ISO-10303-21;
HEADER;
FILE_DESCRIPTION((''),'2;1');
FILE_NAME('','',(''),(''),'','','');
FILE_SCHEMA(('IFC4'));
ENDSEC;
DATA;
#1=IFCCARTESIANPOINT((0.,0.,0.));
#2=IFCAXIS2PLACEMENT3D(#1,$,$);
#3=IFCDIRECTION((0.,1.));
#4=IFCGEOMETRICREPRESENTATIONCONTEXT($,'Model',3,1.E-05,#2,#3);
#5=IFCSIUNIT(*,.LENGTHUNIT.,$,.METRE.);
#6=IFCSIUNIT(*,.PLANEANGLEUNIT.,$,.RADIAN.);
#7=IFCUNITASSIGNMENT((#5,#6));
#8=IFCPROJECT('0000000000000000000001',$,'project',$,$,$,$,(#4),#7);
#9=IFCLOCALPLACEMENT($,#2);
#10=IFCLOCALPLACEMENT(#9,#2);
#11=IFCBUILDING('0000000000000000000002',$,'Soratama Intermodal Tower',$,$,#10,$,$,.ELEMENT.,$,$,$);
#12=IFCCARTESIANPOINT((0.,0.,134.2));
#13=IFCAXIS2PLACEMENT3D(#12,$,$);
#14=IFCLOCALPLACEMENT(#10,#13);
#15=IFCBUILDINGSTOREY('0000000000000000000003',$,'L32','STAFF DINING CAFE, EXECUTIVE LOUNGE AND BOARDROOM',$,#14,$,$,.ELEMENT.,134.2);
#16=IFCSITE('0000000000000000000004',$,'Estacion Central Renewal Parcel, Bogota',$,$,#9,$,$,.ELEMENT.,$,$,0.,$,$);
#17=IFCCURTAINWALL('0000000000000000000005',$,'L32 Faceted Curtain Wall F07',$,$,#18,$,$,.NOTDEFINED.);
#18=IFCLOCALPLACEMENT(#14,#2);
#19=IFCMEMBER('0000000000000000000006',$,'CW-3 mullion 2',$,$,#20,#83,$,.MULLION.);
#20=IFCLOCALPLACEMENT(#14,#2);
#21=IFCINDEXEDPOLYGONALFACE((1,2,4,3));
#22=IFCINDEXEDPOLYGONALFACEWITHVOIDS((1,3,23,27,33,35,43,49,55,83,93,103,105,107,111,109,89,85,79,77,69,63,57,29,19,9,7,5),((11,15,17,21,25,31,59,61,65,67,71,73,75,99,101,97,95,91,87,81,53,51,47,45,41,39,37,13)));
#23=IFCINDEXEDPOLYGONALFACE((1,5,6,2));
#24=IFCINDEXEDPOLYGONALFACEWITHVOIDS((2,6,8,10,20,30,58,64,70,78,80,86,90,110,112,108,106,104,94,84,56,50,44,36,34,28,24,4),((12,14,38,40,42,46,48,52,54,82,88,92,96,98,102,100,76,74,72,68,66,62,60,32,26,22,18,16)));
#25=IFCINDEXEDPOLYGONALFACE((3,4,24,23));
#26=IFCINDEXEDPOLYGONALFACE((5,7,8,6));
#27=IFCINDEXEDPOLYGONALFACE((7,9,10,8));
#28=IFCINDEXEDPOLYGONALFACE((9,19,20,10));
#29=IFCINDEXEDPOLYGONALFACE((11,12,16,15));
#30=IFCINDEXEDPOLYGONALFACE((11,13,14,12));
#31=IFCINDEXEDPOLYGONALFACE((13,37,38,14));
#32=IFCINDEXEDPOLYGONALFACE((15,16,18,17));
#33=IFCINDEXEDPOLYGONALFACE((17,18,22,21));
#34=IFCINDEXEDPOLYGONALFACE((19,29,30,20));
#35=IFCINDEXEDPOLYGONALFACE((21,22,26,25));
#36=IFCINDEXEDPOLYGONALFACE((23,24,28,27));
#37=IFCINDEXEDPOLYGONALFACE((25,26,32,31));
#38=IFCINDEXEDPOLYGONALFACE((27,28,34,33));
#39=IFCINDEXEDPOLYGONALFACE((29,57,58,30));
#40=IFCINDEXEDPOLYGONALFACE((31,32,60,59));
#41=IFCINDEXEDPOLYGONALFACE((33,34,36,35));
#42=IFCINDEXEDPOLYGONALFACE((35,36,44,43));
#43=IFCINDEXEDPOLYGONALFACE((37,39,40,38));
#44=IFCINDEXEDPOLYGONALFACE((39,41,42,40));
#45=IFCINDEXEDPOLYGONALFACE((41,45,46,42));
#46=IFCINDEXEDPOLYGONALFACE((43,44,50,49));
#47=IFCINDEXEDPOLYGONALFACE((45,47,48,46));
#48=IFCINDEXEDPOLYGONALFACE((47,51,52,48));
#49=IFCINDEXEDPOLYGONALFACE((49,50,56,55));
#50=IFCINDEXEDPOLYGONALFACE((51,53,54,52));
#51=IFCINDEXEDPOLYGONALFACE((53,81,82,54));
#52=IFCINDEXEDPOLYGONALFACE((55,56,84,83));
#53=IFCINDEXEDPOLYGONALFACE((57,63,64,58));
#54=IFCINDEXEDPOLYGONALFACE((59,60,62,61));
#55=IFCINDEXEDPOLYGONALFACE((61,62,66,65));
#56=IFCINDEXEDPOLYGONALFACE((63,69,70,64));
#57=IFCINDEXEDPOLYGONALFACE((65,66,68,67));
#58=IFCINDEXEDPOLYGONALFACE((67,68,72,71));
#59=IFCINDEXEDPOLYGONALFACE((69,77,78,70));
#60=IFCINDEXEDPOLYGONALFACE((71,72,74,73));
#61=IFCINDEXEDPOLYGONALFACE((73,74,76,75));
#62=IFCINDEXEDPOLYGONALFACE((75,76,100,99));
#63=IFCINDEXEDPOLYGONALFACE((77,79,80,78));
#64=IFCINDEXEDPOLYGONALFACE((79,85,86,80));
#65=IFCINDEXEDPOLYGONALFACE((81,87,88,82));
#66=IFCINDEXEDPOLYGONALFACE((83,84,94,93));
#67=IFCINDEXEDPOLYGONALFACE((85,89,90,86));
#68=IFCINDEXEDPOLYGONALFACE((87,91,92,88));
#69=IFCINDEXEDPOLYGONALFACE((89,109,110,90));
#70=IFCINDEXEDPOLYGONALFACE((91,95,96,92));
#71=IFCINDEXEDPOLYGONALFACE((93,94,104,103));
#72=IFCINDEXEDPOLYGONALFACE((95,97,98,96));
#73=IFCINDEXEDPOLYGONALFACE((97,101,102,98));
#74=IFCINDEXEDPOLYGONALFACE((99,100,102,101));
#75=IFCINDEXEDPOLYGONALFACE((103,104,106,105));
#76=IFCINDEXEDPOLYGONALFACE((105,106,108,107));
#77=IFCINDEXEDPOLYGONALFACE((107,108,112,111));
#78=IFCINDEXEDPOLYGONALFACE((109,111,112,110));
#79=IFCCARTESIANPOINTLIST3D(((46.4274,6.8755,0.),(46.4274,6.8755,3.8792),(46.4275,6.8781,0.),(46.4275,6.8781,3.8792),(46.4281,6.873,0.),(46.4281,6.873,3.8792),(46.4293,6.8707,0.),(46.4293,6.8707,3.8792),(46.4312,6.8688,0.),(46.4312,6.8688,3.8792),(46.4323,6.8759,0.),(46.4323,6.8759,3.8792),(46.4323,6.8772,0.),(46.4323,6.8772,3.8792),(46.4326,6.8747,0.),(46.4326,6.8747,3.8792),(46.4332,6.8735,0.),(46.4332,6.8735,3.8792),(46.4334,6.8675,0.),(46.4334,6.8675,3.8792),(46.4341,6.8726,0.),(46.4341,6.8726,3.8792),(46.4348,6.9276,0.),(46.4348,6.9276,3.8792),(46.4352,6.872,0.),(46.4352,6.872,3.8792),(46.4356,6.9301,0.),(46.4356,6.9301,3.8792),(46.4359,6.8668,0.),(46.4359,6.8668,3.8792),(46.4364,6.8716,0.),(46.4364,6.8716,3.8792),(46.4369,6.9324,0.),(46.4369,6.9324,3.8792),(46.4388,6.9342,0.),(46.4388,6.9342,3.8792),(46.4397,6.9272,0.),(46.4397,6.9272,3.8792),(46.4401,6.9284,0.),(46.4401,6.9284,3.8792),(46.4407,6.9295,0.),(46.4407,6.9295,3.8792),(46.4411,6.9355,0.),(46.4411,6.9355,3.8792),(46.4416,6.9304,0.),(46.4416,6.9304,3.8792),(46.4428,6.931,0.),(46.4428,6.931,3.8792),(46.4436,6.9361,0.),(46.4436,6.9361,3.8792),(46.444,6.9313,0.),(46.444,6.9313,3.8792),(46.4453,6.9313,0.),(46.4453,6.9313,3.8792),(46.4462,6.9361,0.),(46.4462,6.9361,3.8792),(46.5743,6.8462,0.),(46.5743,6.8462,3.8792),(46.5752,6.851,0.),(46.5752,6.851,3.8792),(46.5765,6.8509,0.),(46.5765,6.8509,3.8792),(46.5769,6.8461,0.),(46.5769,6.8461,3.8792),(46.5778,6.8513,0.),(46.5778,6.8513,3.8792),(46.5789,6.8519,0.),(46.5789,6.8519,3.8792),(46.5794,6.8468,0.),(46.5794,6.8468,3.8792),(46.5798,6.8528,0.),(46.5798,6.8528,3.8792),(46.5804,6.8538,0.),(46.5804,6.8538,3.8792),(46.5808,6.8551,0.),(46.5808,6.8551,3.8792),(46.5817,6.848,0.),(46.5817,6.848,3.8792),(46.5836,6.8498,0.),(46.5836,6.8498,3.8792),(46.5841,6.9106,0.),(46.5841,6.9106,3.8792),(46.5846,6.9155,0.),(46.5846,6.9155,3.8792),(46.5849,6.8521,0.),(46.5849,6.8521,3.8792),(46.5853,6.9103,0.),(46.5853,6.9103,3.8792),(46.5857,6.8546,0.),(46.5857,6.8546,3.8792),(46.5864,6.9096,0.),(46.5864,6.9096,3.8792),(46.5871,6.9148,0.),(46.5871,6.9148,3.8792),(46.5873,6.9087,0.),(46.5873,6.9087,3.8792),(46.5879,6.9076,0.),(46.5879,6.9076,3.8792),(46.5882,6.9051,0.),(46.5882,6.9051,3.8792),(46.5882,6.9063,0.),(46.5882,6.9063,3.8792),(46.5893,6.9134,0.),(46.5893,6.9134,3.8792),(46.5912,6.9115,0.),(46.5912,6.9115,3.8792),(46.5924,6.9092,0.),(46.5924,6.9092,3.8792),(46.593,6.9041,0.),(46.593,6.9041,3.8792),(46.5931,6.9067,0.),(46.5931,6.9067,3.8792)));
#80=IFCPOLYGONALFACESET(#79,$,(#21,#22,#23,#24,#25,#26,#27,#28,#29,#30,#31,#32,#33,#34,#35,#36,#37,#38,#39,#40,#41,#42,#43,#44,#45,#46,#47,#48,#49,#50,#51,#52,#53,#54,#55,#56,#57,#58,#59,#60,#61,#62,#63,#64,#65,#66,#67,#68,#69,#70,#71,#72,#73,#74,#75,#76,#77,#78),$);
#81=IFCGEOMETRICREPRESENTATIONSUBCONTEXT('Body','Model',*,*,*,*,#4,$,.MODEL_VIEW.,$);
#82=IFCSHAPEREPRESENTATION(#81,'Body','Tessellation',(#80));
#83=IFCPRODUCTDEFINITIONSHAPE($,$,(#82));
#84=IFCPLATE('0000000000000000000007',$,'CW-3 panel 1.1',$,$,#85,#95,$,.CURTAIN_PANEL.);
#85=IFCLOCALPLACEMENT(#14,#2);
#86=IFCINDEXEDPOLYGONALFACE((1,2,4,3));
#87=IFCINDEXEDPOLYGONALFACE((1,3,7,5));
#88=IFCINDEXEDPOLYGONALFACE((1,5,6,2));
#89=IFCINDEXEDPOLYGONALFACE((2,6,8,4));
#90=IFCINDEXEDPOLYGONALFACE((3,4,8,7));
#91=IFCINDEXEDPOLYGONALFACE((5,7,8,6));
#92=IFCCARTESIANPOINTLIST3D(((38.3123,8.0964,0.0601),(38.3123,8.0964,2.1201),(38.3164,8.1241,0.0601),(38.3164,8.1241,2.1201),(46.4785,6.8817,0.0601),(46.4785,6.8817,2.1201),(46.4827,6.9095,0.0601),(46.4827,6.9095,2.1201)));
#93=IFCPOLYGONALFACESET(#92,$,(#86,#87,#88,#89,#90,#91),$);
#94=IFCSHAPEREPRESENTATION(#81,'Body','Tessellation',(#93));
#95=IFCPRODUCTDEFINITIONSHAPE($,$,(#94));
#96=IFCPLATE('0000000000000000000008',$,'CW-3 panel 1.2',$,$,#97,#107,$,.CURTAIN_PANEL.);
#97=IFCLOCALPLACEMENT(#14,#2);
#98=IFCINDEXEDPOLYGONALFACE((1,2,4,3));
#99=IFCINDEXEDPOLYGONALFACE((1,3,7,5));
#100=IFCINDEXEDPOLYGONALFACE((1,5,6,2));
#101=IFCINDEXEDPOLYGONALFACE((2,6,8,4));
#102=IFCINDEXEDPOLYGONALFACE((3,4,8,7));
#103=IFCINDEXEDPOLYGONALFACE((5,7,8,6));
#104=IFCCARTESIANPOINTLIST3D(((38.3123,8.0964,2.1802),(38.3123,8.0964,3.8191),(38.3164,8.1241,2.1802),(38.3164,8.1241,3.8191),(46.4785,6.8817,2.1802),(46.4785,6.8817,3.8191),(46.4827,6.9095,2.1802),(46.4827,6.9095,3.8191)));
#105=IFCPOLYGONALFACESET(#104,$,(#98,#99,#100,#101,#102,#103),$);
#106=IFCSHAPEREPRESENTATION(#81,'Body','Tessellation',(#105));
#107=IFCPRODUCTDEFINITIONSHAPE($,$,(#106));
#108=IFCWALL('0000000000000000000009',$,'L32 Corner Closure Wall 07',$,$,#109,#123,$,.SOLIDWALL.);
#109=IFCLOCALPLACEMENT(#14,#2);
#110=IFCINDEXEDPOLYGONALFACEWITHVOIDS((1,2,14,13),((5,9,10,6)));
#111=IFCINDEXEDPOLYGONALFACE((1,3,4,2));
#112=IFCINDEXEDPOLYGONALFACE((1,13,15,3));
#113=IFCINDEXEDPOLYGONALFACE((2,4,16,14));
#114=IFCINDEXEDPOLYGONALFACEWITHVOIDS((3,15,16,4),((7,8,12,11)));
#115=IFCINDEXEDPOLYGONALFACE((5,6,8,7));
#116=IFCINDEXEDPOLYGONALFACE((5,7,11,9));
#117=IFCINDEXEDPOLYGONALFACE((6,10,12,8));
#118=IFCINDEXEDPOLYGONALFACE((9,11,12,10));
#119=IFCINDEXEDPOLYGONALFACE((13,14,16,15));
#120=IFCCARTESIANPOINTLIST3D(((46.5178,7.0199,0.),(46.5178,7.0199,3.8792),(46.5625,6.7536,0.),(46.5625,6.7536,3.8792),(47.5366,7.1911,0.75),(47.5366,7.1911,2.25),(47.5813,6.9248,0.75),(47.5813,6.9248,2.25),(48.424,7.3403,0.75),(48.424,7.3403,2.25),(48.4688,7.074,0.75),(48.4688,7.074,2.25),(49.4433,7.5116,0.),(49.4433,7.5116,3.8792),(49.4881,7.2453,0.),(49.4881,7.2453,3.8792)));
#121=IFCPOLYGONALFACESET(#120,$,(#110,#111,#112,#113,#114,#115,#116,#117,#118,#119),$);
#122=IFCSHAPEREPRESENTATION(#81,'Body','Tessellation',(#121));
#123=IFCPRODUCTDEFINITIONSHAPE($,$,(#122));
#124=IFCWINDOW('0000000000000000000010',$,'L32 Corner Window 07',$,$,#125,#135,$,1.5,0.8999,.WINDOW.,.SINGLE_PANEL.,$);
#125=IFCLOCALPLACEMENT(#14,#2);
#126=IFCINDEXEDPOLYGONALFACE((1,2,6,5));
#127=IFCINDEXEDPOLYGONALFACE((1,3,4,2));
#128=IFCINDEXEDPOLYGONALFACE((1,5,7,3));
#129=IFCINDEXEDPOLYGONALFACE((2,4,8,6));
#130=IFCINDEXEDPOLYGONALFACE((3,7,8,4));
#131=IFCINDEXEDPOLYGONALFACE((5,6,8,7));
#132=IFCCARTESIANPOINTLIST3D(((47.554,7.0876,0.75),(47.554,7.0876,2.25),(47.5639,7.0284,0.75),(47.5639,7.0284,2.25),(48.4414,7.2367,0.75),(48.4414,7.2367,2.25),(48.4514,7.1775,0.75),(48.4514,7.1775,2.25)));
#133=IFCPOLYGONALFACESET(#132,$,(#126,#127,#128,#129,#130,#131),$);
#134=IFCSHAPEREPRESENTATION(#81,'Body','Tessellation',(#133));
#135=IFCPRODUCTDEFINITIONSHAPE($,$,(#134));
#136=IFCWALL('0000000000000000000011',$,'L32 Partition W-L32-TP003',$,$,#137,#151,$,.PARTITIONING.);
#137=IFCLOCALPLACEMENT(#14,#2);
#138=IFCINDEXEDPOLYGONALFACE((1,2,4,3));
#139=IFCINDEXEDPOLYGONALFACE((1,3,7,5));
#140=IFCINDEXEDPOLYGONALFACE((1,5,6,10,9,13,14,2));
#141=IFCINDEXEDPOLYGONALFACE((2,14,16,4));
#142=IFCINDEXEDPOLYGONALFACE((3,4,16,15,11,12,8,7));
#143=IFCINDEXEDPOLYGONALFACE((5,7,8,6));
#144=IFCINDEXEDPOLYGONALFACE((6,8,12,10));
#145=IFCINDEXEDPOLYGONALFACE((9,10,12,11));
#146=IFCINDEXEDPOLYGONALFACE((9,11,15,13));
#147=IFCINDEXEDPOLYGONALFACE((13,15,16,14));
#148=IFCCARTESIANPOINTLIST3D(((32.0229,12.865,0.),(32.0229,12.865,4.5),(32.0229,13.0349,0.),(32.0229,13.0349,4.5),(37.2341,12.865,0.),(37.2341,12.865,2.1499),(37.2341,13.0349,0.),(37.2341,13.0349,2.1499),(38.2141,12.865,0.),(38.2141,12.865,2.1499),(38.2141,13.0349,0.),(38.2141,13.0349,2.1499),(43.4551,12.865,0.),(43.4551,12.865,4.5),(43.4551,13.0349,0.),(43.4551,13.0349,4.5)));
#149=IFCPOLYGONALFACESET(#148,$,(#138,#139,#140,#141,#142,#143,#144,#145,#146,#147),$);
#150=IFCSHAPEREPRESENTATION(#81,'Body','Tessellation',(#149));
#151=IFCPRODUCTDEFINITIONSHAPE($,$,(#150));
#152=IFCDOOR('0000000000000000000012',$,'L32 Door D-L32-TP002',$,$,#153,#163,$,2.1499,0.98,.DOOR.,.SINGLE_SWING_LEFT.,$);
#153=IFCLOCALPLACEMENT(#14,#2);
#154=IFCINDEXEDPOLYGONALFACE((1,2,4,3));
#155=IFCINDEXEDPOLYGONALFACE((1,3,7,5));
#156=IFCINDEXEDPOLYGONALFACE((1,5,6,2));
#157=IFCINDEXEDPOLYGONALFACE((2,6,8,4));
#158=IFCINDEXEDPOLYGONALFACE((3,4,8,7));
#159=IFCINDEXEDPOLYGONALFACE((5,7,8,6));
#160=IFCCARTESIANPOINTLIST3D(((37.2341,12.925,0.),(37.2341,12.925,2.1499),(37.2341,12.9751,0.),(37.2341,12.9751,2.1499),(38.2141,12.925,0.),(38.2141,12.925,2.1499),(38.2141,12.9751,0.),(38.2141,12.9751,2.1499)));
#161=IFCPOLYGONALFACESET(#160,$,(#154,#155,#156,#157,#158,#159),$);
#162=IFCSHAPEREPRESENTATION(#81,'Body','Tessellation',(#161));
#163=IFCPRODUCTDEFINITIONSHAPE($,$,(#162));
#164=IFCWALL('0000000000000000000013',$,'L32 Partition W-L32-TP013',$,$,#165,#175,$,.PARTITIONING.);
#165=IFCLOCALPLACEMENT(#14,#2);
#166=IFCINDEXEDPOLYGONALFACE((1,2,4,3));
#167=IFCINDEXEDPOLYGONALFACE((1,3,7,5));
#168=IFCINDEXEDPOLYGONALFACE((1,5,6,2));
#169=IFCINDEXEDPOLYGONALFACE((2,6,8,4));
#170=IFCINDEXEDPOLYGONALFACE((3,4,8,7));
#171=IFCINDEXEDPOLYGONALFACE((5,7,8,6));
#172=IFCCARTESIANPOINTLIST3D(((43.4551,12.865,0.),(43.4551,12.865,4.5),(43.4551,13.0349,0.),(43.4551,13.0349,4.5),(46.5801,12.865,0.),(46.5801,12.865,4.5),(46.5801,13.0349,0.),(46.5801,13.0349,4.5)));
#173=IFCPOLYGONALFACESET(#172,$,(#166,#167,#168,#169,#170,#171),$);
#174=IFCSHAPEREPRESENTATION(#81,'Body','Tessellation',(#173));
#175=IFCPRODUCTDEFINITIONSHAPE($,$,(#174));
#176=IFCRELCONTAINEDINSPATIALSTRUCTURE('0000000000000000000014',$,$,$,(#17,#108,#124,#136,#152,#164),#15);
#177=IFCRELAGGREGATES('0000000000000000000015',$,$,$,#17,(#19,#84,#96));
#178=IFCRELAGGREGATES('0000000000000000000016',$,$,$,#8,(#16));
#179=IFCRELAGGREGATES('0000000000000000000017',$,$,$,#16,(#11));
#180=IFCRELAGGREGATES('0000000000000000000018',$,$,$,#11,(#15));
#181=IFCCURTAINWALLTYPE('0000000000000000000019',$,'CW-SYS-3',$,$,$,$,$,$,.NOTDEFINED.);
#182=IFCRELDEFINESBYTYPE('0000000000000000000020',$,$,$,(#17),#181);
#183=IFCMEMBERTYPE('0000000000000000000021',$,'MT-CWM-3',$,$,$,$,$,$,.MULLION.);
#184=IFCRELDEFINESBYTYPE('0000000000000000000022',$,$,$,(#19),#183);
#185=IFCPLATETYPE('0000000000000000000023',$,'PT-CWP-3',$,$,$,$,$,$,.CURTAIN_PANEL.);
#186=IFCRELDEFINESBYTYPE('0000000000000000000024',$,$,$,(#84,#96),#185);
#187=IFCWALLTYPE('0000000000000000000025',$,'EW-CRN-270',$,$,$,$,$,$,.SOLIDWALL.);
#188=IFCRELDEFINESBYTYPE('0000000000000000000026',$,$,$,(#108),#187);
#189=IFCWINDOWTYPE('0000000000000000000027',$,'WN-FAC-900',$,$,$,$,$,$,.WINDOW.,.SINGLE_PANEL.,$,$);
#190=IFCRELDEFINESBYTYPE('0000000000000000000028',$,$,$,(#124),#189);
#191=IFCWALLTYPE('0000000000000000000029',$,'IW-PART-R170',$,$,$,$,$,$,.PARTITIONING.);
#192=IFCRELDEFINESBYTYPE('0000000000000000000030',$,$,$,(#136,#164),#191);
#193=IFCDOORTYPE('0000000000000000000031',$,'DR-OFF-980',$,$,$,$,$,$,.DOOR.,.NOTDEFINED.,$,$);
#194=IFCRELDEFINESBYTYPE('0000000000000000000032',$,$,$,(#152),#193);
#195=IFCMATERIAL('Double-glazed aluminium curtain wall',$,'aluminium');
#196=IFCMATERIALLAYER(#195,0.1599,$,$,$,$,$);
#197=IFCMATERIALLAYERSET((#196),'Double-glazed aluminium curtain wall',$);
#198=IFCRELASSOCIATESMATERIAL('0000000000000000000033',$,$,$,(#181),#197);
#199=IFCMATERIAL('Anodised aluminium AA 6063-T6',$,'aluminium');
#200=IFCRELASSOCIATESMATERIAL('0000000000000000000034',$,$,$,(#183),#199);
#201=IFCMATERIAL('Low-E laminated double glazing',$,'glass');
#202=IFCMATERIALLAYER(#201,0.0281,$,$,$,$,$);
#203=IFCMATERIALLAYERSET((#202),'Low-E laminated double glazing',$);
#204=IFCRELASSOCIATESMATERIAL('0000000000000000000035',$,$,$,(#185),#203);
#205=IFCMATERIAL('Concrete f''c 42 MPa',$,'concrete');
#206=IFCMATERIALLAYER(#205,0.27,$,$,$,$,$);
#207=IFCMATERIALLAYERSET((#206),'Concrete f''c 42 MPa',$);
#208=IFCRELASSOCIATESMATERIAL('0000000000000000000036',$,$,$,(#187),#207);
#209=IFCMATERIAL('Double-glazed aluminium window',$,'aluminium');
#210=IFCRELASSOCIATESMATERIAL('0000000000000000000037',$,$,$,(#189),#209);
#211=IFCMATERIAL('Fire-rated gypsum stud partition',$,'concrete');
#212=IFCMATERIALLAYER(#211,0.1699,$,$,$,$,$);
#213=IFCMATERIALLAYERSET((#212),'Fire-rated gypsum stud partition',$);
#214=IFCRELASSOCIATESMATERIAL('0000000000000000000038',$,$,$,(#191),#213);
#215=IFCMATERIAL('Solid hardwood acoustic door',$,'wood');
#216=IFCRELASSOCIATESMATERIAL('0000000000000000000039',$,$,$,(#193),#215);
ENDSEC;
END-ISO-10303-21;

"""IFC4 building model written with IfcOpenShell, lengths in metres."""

from ifc_helpers import new_model, si_unit, direction, frame, frame_2d, origin, origin_2d, place, context, subcontext, project, spatial, rectangle, hollow_rectangle, extrude, material, layer, layer_set, material_profile, profile_set, type_object, element, fill, aggregate, save


model = new_model("IFC4")

# Units and contexts
model_context = context("Model", 3, precision=1e-05, world=origin(), true_north=direction((0.0, 1.0)))
body_context = subcontext(model_context, "Body", "Model", "MODEL_VIEW")
ifc_project = project(units=[si_unit("LENGTHUNIT", "METRE"), si_unit("PLANEANGLEUNIT", "RADIAN")], contexts=[model_context])

# Site, building, storey
site_placement = place(None, origin())
site = spatial("IfcSite", under=ifc_project, at=site_placement, Name="Estacion Central Renewal Parcel, Bogota", CompositionType="ELEMENT", RefElevation=0.0)
building_placement = place(site_placement, origin())
building = spatial("IfcBuilding", under=site, at=building_placement, Name="Soratama Intermodal Tower", CompositionType="ELEMENT")
storey_placement = place(building_placement, frame((0.0, 0.0, 134.2)))
storey = spatial("IfcBuildingStorey", under=building, at=storey_placement, Name="L32", Description="STAFF DINING CAFE, EXECUTIVE LOUNGE AND BOARDROOM", CompositionType="ELEMENT", Elevation=134.2)

# Curtain wall, member, plates
ifc_material_1 = material(Name="Double-glazed aluminium curtain wall", Category="aluminium")
ifc_layer_1 = layer(ifc_material_1, 0.1599)
ifc_layer_set_1 = layer_set([ifc_layer_1], Name="Double-glazed aluminium curtain wall")
curtain_wall_type = type_object("IfcCurtainWallType", Name="CW-SYS-3", PredefinedType="NOTDEFINED", material=ifc_layer_set_1)
curtain_wall_placement = place(storey_placement, origin())
curtain_wall = element("IfcCurtainWall", 1, at=curtain_wall_placement, inside=storey, type_object=curtain_wall_type, Name="L32 Faceted Curtain Wall F07", PredefinedType="NOTDEFINED")
ifc_material_2 = material(Name="Anodised aluminium AA 6063-T6", Category="aluminium")
ifc_material_profile_1 = material_profile(ifc_material_2, hollow_rectangle(XDim=0.0701, YDim=0.1599, WallThickness=0.0049, InnerFilletRadius=0.0049, OuterFilletRadius=0.01, at=origin_2d()), Name="CWM160X70X5")
ifc_profile_set_1 = profile_set([ifc_material_profile_1], Name="Anodised aluminium AA 6063-T6")
member_type = type_object("IfcMemberType", Name="MT-CWM-3", PredefinedType="MULLION", material=ifc_profile_set_1)
member_placement = place(storey_placement, frame((46.5103, 6.8911, 0.0), z_axis=(0.0, 0.0, 1.0), x_axis=(0.14712, 0.989119, 0.0)))
member = element("IfcMember", 2, at=member_placement, type_object=member_type, Name="CW-3 mullion 2", PredefinedType="MULLION", context=body_context, shape_type="SweptSolid", body=[
    extrude(hollow_rectangle(XDim=0.0701, YDim=0.1599, WallThickness=0.0049, InnerFilletRadius=0.0049, OuterFilletRadius=0.01, at=origin_2d()), origin(), (0.0, 0.0, 1.0), 3.8792),
])
ifc_material_3 = material(Name="Low-E laminated double glazing", Category="glass")
ifc_layer_2 = layer(ifc_material_3, 0.0281)
ifc_layer_set_2 = layer_set([ifc_layer_2], Name="Low-E laminated double glazing")
plate_type = type_object("IfcPlateType", Name="PT-CWP-3", PredefinedType="CURTAIN_PANEL", material=ifc_layer_set_2)
plate_1_placement = place(storey_placement, frame((42.3975, 7.5029, 0.0601), z_axis=(0.0, 0.0, 1.0), x_axis=(0.989119, -0.14712, 0.0)))
plate_1 = element("IfcPlate", 3, at=plate_1_placement, type_object=plate_type, Name="CW-3 panel 1.1", PredefinedType="CURTAIN_PANEL", context=body_context, shape_type="SweptSolid", body=[
    extrude(rectangle(XDim=8.2561, YDim=0.0281, at=origin_2d()), origin(), (0.0, 0.0, 1.0), 2.0601),
])
plate_2_placement = place(storey_placement, frame((42.3975, 7.5029, 2.1802), z_axis=(0.0, 0.0, 1.0), x_axis=(0.989119, -0.14712, 0.0)))
plate_2 = element("IfcPlate", 4, at=plate_2_placement, type_object=plate_type, Name="CW-3 panel 1.2", PredefinedType="CURTAIN_PANEL", context=body_context, shape_type="SweptSolid", body=[
    extrude(rectangle(XDim=8.2561, YDim=0.0281, at=origin_2d()), origin(), (0.0, 0.0, 1.0), 1.6389),
])
aggregate(curtain_wall, [member, plate_1, plate_2])

# Wall, opening, window
ifc_material_4 = material(Name="Concrete f'c 42 MPa", Category="concrete")
ifc_layer_3 = layer(ifc_material_4, 0.27)
ifc_layer_set_3 = layer_set([ifc_layer_3], Name="Concrete f'c 42 MPa")
wall_type_1 = type_object("IfcWallType", Name="EW-CRN-270", PredefinedType="SOLIDWALL", material=ifc_layer_set_3)
wall_1_placement = place(storey_placement, frame((46.54, 6.8867, 0.0), z_axis=(0.0, 0.0, 1.0), x_axis=(0.986168, 0.165747, 0.0)))
wall_1 = element("IfcWall", 5, at=wall_1_placement, inside=storey, type_object=wall_type_1, Name="L32 Corner Closure Wall 07", PredefinedType="SOLIDWALL", context=body_context, shape_type="SweptSolid", body=[
    extrude(rectangle(XDim=2.9666, YDim=0.27, at=frame_2d((1.4834, 0.0))), origin(), (0.0, 0.0, 1.0), 3.8792),
])
opening_1_placement = place(wall_1_placement, frame((1.0332, 0.0, 0.75)))
opening_1 = element("IfcOpeningElement", 6, at=opening_1_placement, cuts=wall_1, PredefinedType="OPENING", context=body_context, shape_type="SweptSolid", body=[
    extrude(rectangle(XDim=0.8999, YDim=1.5, at=frame_2d((0.45, 0.75))), frame((0.0, 0.145, 0.0), z_axis=(0.0, -1.0, 0.0), x_axis=(1.0, 0.0, 0.0)), (0.0, 0.0, 1.0), 0.29),
])
ifc_material_5 = material(Name="Double-glazed aluminium window", Category="aluminium")
window_type = type_object("IfcWindowType", Name="WN-FAC-900", PartitioningType="SINGLE_PANEL", PredefinedType="WINDOW", material=ifc_material_5)
window_placement = place(opening_1_placement, origin())
window = element("IfcWindow", 7, at=window_placement, inside=storey, type_object=window_type, Name="L32 Corner Window 07", OverallHeight=1.5, OverallWidth=0.8999, PartitioningType="SINGLE_PANEL", PredefinedType="WINDOW", context=body_context, shape_type="SweptSolid", body=[
    extrude(rectangle(XDim=0.8999, YDim=1.5, at=frame_2d((0.45, 0.75))), frame((0.0, 0.03, 0.0), z_axis=(0.0, -1.0, 0.0), x_axis=(1.0, 0.0, 0.0)), (0.0, 0.0, 1.0), 0.0601),
])
fill(opening_1, window)

# Wall, opening, door
ifc_material_6 = material(Name="Fire-rated gypsum stud partition", Category="concrete")
ifc_layer_4 = layer(ifc_material_6, 0.1699)
ifc_layer_set_4 = layer_set([ifc_layer_4], Name="Fire-rated gypsum stud partition")
wall_type_2 = type_object("IfcWallType", Name="IW-PART-R170", PredefinedType="PARTITIONING", material=ifc_layer_set_4)
wall_2_placement = place(storey_placement, frame((43.4551, 12.95, 0.0), z_axis=(0.0, 0.0, 1.0), x_axis=(-1.0, 0.0, 0.0)))
wall_2 = element("IfcWall", 8, at=wall_2_placement, inside=storey, type_object=wall_type_2, Name="L32 Partition W-L32-TP003", PredefinedType="PARTITIONING", context=body_context, shape_type="SweptSolid", body=[
    extrude(rectangle(XDim=11.4321, YDim=0.1699, at=frame_2d((5.7161, 0.0))), origin(), (0.0, 0.0, 1.0), 4.5),
])
opening_2_placement = place(wall_2_placement, frame((5.241, 0.0, 0.0)))
opening_2 = element("IfcOpeningElement", 9, at=opening_2_placement, cuts=wall_2, PredefinedType="OPENING", context=body_context, shape_type="SweptSolid", body=[
    extrude(rectangle(XDim=0.98, YDim=2.1499, at=frame_2d((0.49, 1.075))), frame((0.0, 0.095, 0.0), z_axis=(0.0, -1.0, 0.0), x_axis=(1.0, 0.0, 0.0)), (0.0, 0.0, 1.0), 0.1899),
])
ifc_material_7 = material(Name="Solid hardwood acoustic door", Category="wood")
door_type = type_object("IfcDoorType", Name="DR-OFF-980", OperationType="NOTDEFINED", PredefinedType="DOOR", material=ifc_material_7)
door_placement = place(opening_2_placement, origin())
door = element("IfcDoor", 10, at=door_placement, inside=storey, type_object=door_type, Name="L32 Door D-L32-TP002", OperationType="SINGLE_SWING_LEFT", OverallHeight=2.1499, OverallWidth=0.98, PredefinedType="DOOR", context=body_context, shape_type="SweptSolid", body=[
    extrude(rectangle(XDim=0.98, YDim=2.1499, at=frame_2d((0.49, 1.075))), frame((0.0, 0.0249, 0.0), z_axis=(0.0, -1.0, 0.0), x_axis=(1.0, 0.0, 0.0)), (0.0, 0.0, 1.0), 0.05),
])
fill(opening_2, door)

# Wall
wall_3_placement = place(storey_placement, frame((46.5801, 12.95, 0.0), z_axis=(0.0, 0.0, 1.0), x_axis=(-1.0, 0.0, 0.0)))
element("IfcWall", 11, at=wall_3_placement, inside=storey, type_object=wall_type_2, Name="L32 Partition W-L32-TP013", PredefinedType="PARTITIONING", context=body_context, shape_type="SweptSolid", body=[
    extrude(rectangle(XDim=3.125, YDim=0.1699, at=frame_2d((1.5625, 0.0))), origin(), (0.0, 0.0, 1.0), 4.5),
])

save(model, "model.ifc")
